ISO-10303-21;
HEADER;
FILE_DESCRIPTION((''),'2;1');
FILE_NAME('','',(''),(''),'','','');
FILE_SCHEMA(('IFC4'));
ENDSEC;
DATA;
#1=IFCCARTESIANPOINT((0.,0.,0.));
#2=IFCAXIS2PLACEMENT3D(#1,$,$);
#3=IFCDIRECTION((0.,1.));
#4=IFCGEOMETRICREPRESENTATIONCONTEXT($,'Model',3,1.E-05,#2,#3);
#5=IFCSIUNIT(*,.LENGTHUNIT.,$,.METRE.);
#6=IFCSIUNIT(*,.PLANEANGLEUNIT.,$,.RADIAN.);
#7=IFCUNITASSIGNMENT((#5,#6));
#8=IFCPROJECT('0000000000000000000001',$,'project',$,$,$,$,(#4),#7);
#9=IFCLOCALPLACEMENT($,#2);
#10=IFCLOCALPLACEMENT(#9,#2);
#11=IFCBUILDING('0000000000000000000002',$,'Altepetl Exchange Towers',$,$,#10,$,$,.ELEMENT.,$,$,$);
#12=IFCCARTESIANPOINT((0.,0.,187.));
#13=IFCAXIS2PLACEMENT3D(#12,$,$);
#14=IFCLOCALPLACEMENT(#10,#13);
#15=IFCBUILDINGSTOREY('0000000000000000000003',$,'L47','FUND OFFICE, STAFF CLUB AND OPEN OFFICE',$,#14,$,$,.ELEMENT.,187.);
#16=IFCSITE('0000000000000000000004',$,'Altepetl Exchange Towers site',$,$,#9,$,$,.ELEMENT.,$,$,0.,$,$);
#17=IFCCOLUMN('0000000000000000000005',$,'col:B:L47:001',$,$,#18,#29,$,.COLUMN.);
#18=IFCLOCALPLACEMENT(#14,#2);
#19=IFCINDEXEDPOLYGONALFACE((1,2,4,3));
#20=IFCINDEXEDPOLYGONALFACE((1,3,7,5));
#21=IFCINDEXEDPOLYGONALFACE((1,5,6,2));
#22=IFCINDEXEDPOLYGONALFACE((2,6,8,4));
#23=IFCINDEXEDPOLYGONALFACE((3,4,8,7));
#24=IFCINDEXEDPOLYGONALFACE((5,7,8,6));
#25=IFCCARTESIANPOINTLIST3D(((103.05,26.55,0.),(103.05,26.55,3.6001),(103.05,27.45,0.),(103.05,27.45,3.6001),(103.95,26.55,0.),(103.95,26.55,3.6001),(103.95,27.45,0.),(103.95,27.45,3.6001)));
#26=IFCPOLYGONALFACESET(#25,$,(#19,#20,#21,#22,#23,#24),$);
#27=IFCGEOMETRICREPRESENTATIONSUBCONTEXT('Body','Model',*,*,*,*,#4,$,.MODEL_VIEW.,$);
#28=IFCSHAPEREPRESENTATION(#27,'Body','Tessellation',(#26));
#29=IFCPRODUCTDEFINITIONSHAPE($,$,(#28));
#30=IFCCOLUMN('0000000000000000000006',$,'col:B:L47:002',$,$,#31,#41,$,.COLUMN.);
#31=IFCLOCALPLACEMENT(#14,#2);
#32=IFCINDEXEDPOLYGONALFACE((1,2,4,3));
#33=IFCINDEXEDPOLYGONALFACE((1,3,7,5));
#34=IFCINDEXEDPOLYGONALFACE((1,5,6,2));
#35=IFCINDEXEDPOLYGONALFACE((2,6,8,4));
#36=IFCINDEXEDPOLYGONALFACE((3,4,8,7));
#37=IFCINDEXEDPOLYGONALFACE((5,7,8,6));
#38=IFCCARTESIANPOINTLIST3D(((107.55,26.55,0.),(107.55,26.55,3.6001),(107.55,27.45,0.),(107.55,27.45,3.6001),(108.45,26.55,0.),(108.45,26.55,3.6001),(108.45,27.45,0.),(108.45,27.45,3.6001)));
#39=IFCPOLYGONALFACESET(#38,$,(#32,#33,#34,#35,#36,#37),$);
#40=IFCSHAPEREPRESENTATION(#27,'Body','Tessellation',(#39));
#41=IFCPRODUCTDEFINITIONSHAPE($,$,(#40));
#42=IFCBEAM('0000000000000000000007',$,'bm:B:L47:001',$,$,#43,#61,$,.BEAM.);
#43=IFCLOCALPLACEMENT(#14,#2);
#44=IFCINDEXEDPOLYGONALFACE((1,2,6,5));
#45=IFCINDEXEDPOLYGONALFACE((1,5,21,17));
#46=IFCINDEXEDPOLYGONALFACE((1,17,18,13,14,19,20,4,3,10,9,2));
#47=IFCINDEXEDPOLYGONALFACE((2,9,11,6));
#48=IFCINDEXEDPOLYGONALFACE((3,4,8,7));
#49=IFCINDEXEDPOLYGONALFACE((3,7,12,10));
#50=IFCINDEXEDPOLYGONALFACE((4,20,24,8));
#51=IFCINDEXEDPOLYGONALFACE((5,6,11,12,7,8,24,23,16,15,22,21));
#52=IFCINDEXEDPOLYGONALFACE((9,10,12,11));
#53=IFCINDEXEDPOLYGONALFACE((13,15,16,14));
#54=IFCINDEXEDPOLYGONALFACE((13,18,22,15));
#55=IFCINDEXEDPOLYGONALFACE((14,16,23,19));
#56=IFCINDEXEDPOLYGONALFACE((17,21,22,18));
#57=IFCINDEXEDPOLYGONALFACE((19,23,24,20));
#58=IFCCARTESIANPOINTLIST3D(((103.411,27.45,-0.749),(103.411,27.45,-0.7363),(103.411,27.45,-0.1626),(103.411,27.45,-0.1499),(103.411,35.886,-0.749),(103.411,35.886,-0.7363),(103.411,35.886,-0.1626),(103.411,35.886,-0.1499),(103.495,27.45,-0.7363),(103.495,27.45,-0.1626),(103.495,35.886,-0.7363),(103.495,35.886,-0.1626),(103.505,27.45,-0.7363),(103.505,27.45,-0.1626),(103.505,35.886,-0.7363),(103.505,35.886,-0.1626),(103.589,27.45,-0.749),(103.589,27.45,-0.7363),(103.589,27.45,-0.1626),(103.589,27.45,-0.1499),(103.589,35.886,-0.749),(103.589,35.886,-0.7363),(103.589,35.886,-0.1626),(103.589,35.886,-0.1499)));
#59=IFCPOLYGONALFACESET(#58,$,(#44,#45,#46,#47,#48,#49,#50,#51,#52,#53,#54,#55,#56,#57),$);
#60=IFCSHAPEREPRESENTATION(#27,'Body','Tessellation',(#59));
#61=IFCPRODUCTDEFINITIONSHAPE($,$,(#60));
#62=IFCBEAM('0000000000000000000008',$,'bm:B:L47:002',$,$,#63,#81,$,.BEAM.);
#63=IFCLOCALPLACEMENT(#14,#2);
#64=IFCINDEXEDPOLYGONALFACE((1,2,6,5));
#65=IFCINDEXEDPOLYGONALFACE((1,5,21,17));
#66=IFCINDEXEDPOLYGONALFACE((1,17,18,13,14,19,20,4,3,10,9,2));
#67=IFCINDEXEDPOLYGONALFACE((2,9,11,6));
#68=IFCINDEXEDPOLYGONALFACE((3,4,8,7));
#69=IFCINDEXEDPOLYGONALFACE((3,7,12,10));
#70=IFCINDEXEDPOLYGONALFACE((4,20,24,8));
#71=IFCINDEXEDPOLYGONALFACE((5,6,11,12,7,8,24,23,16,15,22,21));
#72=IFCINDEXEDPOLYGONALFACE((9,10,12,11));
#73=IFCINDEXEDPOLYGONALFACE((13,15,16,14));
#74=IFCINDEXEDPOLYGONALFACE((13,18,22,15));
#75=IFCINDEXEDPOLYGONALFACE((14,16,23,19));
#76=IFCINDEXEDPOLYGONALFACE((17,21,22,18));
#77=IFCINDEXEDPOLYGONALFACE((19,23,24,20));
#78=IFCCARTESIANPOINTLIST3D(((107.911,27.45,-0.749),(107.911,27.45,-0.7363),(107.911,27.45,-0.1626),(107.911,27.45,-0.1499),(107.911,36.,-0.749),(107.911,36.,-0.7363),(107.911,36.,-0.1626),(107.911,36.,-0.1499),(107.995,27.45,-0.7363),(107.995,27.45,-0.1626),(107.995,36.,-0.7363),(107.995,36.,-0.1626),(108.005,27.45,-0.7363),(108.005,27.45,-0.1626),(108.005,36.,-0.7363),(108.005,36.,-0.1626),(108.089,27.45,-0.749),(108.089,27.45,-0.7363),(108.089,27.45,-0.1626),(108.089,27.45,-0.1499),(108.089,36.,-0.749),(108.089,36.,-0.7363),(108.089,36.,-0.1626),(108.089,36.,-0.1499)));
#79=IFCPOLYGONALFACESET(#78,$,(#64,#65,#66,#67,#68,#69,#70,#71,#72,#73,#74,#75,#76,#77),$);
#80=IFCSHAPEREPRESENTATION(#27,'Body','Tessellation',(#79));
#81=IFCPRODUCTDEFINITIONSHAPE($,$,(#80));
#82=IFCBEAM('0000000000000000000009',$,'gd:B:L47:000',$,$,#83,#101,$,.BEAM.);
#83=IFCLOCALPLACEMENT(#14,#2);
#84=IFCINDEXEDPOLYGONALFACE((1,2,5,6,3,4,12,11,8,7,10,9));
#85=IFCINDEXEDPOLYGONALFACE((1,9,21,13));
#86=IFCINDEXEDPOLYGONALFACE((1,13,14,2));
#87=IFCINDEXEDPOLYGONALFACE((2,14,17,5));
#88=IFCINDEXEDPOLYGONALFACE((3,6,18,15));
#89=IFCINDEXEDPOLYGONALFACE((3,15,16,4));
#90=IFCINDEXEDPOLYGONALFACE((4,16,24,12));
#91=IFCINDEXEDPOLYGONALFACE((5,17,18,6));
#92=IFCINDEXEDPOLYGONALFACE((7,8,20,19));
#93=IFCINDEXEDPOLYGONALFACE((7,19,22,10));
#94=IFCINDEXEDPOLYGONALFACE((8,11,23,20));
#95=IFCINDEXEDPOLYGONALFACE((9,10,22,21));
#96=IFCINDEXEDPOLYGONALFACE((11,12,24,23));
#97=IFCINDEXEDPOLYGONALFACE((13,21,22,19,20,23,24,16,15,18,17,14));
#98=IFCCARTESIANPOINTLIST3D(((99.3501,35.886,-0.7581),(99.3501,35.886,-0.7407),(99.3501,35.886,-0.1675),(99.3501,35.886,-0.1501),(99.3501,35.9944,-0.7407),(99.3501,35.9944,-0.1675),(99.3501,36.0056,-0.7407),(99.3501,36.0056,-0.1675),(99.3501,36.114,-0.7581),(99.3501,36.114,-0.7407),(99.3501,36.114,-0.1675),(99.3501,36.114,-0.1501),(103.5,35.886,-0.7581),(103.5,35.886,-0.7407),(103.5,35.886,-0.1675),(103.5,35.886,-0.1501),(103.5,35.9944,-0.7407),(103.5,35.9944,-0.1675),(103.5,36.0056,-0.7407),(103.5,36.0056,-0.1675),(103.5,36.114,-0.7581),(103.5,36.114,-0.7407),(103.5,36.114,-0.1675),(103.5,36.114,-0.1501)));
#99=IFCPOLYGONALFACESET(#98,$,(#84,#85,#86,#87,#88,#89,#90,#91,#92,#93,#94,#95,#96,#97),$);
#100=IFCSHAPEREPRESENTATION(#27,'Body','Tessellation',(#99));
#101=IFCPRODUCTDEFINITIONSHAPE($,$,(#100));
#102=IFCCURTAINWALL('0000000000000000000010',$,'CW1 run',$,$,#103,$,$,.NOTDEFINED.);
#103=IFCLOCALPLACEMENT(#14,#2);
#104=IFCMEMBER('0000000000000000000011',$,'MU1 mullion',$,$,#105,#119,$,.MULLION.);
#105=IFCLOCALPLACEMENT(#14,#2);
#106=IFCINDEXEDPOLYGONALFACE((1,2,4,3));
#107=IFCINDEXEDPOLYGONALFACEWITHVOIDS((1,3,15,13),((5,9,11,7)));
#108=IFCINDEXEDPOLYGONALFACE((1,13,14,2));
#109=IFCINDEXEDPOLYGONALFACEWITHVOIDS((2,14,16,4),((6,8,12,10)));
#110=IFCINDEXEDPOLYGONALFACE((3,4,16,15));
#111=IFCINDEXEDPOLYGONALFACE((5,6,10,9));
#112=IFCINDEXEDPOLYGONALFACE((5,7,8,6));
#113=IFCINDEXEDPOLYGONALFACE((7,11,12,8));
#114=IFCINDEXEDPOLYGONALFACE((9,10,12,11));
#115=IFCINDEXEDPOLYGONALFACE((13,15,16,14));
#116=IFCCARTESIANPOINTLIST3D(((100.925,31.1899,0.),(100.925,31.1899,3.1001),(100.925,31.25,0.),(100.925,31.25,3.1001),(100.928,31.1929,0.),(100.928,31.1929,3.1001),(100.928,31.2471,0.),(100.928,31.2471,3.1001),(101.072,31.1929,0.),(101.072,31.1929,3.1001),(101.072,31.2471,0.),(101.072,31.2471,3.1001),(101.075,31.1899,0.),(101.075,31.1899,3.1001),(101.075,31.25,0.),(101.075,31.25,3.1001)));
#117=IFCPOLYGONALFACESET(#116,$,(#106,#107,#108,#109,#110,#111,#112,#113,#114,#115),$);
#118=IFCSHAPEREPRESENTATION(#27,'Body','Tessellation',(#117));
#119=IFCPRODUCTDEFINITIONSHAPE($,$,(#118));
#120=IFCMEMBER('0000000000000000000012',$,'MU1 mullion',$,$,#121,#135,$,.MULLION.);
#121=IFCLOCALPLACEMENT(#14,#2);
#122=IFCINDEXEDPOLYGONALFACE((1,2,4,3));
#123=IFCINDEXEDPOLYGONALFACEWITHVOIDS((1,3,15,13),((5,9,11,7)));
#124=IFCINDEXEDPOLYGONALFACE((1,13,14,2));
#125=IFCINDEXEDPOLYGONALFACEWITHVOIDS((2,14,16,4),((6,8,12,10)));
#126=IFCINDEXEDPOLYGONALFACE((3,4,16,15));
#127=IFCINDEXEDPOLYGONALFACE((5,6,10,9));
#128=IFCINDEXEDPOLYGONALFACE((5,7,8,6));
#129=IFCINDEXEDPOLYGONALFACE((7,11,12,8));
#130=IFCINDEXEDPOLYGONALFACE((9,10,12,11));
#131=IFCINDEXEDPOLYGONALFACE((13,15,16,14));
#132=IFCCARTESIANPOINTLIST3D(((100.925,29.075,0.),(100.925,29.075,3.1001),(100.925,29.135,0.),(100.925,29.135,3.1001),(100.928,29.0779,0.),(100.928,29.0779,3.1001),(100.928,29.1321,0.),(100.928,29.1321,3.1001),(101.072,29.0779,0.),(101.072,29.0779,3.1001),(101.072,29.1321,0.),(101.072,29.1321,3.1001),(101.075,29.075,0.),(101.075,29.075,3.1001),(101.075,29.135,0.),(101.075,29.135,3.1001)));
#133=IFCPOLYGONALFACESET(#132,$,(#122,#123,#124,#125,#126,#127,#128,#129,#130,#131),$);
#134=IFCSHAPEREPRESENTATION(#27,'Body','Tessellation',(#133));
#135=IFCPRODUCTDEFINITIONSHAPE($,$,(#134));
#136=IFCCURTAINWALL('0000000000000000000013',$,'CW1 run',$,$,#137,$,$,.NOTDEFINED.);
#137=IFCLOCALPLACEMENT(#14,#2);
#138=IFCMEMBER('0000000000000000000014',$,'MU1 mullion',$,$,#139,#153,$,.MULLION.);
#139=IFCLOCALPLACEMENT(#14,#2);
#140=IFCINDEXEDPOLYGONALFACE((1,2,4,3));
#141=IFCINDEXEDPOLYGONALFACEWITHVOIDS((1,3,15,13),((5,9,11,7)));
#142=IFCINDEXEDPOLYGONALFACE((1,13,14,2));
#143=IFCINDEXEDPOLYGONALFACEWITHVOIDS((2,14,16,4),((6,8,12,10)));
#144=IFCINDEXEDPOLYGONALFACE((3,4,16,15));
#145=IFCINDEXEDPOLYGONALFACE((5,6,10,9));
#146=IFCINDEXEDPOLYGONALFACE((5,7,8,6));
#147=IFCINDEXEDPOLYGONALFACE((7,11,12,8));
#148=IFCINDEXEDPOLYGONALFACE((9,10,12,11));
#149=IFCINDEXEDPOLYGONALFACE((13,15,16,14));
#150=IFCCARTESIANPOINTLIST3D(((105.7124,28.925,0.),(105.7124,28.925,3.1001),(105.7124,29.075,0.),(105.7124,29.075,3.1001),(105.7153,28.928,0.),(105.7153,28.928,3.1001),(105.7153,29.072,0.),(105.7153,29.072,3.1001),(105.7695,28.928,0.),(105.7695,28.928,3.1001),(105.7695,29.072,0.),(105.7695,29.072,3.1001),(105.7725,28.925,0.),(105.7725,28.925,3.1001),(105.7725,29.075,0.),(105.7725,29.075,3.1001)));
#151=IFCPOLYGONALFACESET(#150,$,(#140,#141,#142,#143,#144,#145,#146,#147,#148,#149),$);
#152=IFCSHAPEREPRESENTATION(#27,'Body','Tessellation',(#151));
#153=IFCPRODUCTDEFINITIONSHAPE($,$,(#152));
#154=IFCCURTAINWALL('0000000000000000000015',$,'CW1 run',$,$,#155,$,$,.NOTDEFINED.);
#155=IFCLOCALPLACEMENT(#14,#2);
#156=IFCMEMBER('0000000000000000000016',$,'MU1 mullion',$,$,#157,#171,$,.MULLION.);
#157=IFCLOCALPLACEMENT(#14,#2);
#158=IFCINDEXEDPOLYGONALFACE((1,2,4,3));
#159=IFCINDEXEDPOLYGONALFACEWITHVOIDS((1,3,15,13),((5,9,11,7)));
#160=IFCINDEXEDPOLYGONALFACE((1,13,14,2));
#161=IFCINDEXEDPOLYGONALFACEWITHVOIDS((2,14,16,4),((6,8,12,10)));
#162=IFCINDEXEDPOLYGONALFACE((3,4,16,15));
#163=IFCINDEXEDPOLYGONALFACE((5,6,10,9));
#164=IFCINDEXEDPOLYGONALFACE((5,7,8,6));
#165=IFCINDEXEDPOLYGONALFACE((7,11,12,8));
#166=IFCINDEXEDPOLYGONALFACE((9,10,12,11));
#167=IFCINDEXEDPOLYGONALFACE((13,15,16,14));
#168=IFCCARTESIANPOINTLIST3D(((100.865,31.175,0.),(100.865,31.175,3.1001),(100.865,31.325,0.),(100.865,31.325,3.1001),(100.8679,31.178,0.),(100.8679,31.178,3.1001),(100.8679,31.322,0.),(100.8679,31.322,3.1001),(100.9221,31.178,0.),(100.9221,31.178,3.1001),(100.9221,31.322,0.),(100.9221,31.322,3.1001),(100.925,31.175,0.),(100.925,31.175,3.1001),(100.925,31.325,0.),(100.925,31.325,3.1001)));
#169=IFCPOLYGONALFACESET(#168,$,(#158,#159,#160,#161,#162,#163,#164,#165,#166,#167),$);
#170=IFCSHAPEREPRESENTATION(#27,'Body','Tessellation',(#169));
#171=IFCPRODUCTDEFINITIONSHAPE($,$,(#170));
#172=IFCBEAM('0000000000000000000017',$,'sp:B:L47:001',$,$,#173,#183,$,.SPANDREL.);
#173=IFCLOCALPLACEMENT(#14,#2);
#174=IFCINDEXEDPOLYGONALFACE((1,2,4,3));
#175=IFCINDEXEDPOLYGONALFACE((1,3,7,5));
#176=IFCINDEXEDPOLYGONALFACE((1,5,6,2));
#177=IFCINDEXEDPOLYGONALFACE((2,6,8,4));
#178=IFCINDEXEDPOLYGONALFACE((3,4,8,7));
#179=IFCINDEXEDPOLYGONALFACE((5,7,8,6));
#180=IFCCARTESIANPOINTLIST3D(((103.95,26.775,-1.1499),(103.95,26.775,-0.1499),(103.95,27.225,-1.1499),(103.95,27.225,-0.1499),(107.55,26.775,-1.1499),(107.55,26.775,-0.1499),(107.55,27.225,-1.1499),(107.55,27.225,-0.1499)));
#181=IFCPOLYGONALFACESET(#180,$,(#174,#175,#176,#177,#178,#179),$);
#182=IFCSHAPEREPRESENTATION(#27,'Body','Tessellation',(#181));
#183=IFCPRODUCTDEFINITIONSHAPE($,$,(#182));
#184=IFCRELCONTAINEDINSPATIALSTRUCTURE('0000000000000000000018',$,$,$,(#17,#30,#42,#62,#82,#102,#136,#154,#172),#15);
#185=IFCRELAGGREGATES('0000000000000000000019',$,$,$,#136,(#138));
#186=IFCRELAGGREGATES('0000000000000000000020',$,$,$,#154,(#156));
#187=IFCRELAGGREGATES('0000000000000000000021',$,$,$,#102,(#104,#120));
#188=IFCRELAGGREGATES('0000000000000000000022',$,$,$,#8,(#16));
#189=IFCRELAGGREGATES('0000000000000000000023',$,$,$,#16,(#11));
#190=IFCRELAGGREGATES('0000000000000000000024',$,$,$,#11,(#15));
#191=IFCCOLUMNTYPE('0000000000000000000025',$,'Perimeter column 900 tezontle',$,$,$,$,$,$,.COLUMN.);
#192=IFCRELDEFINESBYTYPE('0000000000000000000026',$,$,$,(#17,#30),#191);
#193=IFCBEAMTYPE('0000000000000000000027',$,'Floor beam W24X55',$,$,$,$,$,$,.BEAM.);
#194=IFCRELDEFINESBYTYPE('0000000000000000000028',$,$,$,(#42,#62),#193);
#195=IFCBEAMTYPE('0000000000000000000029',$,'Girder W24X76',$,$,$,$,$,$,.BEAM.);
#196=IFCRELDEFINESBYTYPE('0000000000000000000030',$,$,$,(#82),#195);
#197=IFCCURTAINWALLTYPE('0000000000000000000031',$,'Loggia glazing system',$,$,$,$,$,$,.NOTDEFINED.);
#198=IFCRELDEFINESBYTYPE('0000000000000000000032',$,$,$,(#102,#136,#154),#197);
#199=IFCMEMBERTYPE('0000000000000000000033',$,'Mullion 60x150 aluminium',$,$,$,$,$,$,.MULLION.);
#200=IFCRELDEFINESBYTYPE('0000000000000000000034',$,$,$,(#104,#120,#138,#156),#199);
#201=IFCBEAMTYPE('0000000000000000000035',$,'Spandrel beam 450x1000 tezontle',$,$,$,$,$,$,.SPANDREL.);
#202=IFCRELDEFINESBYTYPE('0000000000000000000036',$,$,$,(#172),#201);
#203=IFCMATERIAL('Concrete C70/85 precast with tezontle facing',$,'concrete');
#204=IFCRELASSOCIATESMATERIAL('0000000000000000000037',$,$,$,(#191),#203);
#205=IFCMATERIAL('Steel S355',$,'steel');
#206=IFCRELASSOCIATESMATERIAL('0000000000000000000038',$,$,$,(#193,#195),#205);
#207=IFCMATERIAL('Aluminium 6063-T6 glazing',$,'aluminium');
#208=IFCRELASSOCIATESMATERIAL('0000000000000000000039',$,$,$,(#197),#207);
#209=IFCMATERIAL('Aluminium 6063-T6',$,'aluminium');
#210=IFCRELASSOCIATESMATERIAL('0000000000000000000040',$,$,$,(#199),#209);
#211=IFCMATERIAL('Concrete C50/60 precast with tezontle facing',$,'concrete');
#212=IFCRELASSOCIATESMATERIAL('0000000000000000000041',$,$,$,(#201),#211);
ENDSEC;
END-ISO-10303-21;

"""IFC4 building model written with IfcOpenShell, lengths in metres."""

from ifc_helpers import new_model, si_unit, direction, frame, origin, origin_2d, place, context, subcontext, project, spatial, rectangle, hollow_rectangle, i_section, extrude, material, material_profile, profile_set, type_object, element, aggregate, save


model = new_model("IFC4")

# Units and contexts
model_context = context("Model", 3, precision=1e-05, world=origin(), true_north=direction((0.0, 1.0)))
body_context = subcontext(model_context, "Body", "Model", "MODEL_VIEW")
ifc_project = project(units=[si_unit("LENGTHUNIT", "METRE"), si_unit("PLANEANGLEUNIT", "RADIAN")], contexts=[model_context])

# Site, building, storey
site_placement = place(None, origin())
site = spatial("IfcSite", under=ifc_project, at=site_placement, Name="Altepetl Exchange Towers site", CompositionType="ELEMENT", RefElevation=0.0)
building_placement = place(site_placement, origin())
building = spatial("IfcBuilding", under=site, at=building_placement, Name="Altepetl Exchange Towers", CompositionType="ELEMENT")
storey_placement = place(building_placement, frame((0.0, 0.0, 187.0)))
storey = spatial("IfcBuildingStorey", under=building, at=storey_placement, Name="L47", Description="FUND OFFICE, STAFF CLUB AND OPEN OFFICE", CompositionType="ELEMENT", Elevation=187.0)

# Columns
ifc_material_1 = material(Name="Concrete C70/85 precast with tezontle facing", Category="concrete")
ifc_material_profile_1 = material_profile(ifc_material_1, rectangle(XDim=0.8999, YDim=0.8999, at=origin_2d()), Name="900 x 900")
ifc_profile_set_1 = profile_set([ifc_material_profile_1], Name="Concrete C70/85 precast with tezontle facing")
column_type = type_object("IfcColumnType", Name="Perimeter column 900 tezontle", PredefinedType="COLUMN", material=ifc_profile_set_1)
for number, where, name in (
    (1, (103.5, 27.0, 0.0), "col:B:L47:001"),
    (2, (108.0, 27.0, 0.0), "col:B:L47:002"),
):
    element("IfcColumn", number, at=place(storey_placement, frame(where)), inside=storey, type_object=column_type, Name=name, PredefinedType="COLUMN", context=body_context, shape_type="SweptSolid", body=[
        extrude(rectangle(XDim=0.8999, YDim=0.8999, at=origin_2d()), origin(), (0.0, 0.0, 1.0), 3.6001),
    ])

# Beams
ifc_material_2 = material(Name="Steel S355", Category="steel")
ifc_material_profile_2 = material_profile(ifc_material_2, i_section(OverallWidth=0.178, OverallDepth=0.5991, WebThickness=0.01, FlangeThickness=0.0127, at=origin_2d()), Name="W24X55")
ifc_profile_set_2 = profile_set([ifc_material_profile_2], Name="Steel S355")
beam_type_1 = type_object("IfcBeamType", Name="Floor beam W24X55", PredefinedType="BEAM", material=ifc_profile_set_2)
beam_1_placement = place(storey_placement, frame((103.5, 27.45, -0.4495), z_axis=(0.0, 1.0, 0.0), x_axis=(-1.0, 0.0, 0.0)))
element("IfcBeam", 3, at=beam_1_placement, inside=storey, type_object=beam_type_1, Name="bm:B:L47:001", PredefinedType="BEAM", context=body_context, shape_type="SweptSolid", body=[
    extrude(i_section(OverallWidth=0.178, OverallDepth=0.5991, WebThickness=0.01, FlangeThickness=0.0127, at=origin_2d()), origin(), (0.0, 0.0, 1.0), 8.436),
])
beam_2_placement = place(storey_placement, frame((108.0, 27.45, -0.4495), z_axis=(0.0, 1.0, 0.0), x_axis=(-1.0, 0.0, 0.0)))
element("IfcBeam", 4, at=beam_2_placement, inside=storey, type_object=beam_type_1, Name="bm:B:L47:002", PredefinedType="BEAM", context=body_context, shape_type="SweptSolid", body=[
    extrude(i_section(OverallWidth=0.178, OverallDepth=0.5991, WebThickness=0.01, FlangeThickness=0.0127, at=origin_2d()), origin(), (0.0, 0.0, 1.0), 8.55),
])
ifc_material_profile_3 = material_profile(ifc_material_2, i_section(OverallWidth=0.228, OverallDepth=0.6079, WebThickness=0.0112, FlangeThickness=0.0173, at=origin_2d()), Name="W24X76")
ifc_profile_set_3 = profile_set([ifc_material_profile_3], Name="Steel S355")
beam_type_2 = type_object("IfcBeamType", Name="Girder W24X76", PredefinedType="BEAM", material=ifc_profile_set_3)
beam_3_placement = place(storey_placement, frame((103.5, 36.0, -0.4541), z_axis=(-1.0, 0.0, 0.0), x_axis=(0.0, -1.0, 0.0)))
element("IfcBeam", 5, at=beam_3_placement, inside=storey, type_object=beam_type_2, Name="gd:B:L47:000", PredefinedType="BEAM", context=body_context, shape_type="SweptSolid", body=[
    extrude(i_section(OverallWidth=0.228, OverallDepth=0.6079, WebThickness=0.0112, FlangeThickness=0.0173, at=origin_2d()), origin(), (0.0, 0.0, 1.0), 4.1499),
])

# Curtain wall, members
ifc_material_3 = material(Name="Aluminium 6063-T6 glazing", Category="aluminium")
curtain_wall_type = type_object("IfcCurtainWallType", Name="Loggia glazing system", PredefinedType="NOTDEFINED", material=ifc_material_3)
curtain_wall_1_placement = place(storey_placement, origin())
curtain_wall_1 = element("IfcCurtainWall", 6, at=curtain_wall_1_placement, inside=storey, type_object=curtain_wall_type, Name="CW1 run", PredefinedType="NOTDEFINED")
ifc_material_4 = material(Name="Aluminium 6063-T6", Category="aluminium")
ifc_material_profile_4 = material_profile(ifc_material_4, hollow_rectangle(XDim=0.0601, YDim=0.1499, WallThickness=0.0029, at=origin_2d()), Name="Mullion 60x150 aluminium")
ifc_profile_set_4 = profile_set([ifc_material_profile_4], Name="Aluminium 6063-T6")
member_type = type_object("IfcMemberType", Name="Mullion 60x150 aluminium", PredefinedType="MULLION", material=ifc_profile_set_4)
member_1_placement = place(storey_placement, frame((101.0, 31.22, 0.0), z_axis=(0.0, 0.0, 1.0), x_axis=(0.0, -1.0, 0.0)))
member_1 = element("IfcMember", 7, at=member_1_placement, type_object=member_type, Name="MU1 mullion", PredefinedType="MULLION", context=body_context, shape_type="SweptSolid", body=[
    extrude(hollow_rectangle(XDim=0.0601, YDim=0.1499, WallThickness=0.0029, at=origin_2d()), origin(), (0.0, 0.0, 1.0), 3.1001),
])
member_2_placement = place(storey_placement, frame((101.0, 29.105, 0.0), z_axis=(0.0, 0.0, 1.0), x_axis=(0.0, -1.0, 0.0)))
member_2 = element("IfcMember", 8, at=member_2_placement, type_object=member_type, Name="MU1 mullion", PredefinedType="MULLION", context=body_context, shape_type="SweptSolid", body=[
    extrude(hollow_rectangle(XDim=0.0601, YDim=0.1499, WallThickness=0.0029, at=origin_2d()), origin(), (0.0, 0.0, 1.0), 3.1001),
])

# Curtain walls, members
curtain_wall_2_placement = place(storey_placement, origin())
curtain_wall_2 = element("IfcCurtainWall", 9, at=curtain_wall_2_placement, inside=storey, type_object=curtain_wall_type, Name="CW1 run", PredefinedType="NOTDEFINED")
member_3_placement = place(storey_placement, frame((105.7424, 29.0, 0.0)))
member_3 = element("IfcMember", 10, at=member_3_placement, type_object=member_type, Name="MU1 mullion", PredefinedType="MULLION", context=body_context, shape_type="SweptSolid", body=[
    extrude(hollow_rectangle(XDim=0.0601, YDim=0.1499, WallThickness=0.0029, at=origin_2d()), origin(), (0.0, 0.0, 1.0), 3.1001),
])
aggregate(curtain_wall_2, [member_3])
curtain_wall_3_placement = place(storey_placement, origin())
curtain_wall_3 = element("IfcCurtainWall", 11, at=curtain_wall_3_placement, inside=storey, type_object=curtain_wall_type, Name="CW1 run", PredefinedType="NOTDEFINED")
member_4_placement = place(storey_placement, frame((100.895, 31.25, 0.0)))
member_4 = element("IfcMember", 12, at=member_4_placement, type_object=member_type, Name="MU1 mullion", PredefinedType="MULLION", context=body_context, shape_type="SweptSolid", body=[
    extrude(hollow_rectangle(XDim=0.0601, YDim=0.1499, WallThickness=0.0029, at=origin_2d()), origin(), (0.0, 0.0, 1.0), 3.1001),
])
aggregate(curtain_wall_3, [member_4])

# Beam
ifc_material_5 = material(Name="Concrete C50/60 precast with tezontle facing", Category="concrete")
ifc_material_profile_5 = material_profile(ifc_material_5, rectangle(XDim=0.45, YDim=1.0, at=origin_2d()), Name="450 x 1000")
ifc_profile_set_5 = profile_set([ifc_material_profile_5], Name="Concrete C50/60 precast with tezontle facing")
beam_type_3 = type_object("IfcBeamType", Name="Spandrel beam 450x1000 tezontle", PredefinedType="SPANDREL", material=ifc_profile_set_5)
beam_4_placement = place(storey_placement, frame((103.95, 27.0, -0.6499), z_axis=(1.0, 0.0, 0.0), x_axis=(0.0, 1.0, 0.0)))
element("IfcBeam", 13, at=beam_4_placement, inside=storey, type_object=beam_type_3, Name="sp:B:L47:001", PredefinedType="SPANDREL", context=body_context, shape_type="SweptSolid", body=[
    extrude(rectangle(XDim=0.45, YDim=1.0, at=origin_2d()), origin(), (0.0, 0.0, 1.0), 3.6001),
])

aggregate(curtain_wall_1, [member_1, member_2])

save(model, "model.ifc")
